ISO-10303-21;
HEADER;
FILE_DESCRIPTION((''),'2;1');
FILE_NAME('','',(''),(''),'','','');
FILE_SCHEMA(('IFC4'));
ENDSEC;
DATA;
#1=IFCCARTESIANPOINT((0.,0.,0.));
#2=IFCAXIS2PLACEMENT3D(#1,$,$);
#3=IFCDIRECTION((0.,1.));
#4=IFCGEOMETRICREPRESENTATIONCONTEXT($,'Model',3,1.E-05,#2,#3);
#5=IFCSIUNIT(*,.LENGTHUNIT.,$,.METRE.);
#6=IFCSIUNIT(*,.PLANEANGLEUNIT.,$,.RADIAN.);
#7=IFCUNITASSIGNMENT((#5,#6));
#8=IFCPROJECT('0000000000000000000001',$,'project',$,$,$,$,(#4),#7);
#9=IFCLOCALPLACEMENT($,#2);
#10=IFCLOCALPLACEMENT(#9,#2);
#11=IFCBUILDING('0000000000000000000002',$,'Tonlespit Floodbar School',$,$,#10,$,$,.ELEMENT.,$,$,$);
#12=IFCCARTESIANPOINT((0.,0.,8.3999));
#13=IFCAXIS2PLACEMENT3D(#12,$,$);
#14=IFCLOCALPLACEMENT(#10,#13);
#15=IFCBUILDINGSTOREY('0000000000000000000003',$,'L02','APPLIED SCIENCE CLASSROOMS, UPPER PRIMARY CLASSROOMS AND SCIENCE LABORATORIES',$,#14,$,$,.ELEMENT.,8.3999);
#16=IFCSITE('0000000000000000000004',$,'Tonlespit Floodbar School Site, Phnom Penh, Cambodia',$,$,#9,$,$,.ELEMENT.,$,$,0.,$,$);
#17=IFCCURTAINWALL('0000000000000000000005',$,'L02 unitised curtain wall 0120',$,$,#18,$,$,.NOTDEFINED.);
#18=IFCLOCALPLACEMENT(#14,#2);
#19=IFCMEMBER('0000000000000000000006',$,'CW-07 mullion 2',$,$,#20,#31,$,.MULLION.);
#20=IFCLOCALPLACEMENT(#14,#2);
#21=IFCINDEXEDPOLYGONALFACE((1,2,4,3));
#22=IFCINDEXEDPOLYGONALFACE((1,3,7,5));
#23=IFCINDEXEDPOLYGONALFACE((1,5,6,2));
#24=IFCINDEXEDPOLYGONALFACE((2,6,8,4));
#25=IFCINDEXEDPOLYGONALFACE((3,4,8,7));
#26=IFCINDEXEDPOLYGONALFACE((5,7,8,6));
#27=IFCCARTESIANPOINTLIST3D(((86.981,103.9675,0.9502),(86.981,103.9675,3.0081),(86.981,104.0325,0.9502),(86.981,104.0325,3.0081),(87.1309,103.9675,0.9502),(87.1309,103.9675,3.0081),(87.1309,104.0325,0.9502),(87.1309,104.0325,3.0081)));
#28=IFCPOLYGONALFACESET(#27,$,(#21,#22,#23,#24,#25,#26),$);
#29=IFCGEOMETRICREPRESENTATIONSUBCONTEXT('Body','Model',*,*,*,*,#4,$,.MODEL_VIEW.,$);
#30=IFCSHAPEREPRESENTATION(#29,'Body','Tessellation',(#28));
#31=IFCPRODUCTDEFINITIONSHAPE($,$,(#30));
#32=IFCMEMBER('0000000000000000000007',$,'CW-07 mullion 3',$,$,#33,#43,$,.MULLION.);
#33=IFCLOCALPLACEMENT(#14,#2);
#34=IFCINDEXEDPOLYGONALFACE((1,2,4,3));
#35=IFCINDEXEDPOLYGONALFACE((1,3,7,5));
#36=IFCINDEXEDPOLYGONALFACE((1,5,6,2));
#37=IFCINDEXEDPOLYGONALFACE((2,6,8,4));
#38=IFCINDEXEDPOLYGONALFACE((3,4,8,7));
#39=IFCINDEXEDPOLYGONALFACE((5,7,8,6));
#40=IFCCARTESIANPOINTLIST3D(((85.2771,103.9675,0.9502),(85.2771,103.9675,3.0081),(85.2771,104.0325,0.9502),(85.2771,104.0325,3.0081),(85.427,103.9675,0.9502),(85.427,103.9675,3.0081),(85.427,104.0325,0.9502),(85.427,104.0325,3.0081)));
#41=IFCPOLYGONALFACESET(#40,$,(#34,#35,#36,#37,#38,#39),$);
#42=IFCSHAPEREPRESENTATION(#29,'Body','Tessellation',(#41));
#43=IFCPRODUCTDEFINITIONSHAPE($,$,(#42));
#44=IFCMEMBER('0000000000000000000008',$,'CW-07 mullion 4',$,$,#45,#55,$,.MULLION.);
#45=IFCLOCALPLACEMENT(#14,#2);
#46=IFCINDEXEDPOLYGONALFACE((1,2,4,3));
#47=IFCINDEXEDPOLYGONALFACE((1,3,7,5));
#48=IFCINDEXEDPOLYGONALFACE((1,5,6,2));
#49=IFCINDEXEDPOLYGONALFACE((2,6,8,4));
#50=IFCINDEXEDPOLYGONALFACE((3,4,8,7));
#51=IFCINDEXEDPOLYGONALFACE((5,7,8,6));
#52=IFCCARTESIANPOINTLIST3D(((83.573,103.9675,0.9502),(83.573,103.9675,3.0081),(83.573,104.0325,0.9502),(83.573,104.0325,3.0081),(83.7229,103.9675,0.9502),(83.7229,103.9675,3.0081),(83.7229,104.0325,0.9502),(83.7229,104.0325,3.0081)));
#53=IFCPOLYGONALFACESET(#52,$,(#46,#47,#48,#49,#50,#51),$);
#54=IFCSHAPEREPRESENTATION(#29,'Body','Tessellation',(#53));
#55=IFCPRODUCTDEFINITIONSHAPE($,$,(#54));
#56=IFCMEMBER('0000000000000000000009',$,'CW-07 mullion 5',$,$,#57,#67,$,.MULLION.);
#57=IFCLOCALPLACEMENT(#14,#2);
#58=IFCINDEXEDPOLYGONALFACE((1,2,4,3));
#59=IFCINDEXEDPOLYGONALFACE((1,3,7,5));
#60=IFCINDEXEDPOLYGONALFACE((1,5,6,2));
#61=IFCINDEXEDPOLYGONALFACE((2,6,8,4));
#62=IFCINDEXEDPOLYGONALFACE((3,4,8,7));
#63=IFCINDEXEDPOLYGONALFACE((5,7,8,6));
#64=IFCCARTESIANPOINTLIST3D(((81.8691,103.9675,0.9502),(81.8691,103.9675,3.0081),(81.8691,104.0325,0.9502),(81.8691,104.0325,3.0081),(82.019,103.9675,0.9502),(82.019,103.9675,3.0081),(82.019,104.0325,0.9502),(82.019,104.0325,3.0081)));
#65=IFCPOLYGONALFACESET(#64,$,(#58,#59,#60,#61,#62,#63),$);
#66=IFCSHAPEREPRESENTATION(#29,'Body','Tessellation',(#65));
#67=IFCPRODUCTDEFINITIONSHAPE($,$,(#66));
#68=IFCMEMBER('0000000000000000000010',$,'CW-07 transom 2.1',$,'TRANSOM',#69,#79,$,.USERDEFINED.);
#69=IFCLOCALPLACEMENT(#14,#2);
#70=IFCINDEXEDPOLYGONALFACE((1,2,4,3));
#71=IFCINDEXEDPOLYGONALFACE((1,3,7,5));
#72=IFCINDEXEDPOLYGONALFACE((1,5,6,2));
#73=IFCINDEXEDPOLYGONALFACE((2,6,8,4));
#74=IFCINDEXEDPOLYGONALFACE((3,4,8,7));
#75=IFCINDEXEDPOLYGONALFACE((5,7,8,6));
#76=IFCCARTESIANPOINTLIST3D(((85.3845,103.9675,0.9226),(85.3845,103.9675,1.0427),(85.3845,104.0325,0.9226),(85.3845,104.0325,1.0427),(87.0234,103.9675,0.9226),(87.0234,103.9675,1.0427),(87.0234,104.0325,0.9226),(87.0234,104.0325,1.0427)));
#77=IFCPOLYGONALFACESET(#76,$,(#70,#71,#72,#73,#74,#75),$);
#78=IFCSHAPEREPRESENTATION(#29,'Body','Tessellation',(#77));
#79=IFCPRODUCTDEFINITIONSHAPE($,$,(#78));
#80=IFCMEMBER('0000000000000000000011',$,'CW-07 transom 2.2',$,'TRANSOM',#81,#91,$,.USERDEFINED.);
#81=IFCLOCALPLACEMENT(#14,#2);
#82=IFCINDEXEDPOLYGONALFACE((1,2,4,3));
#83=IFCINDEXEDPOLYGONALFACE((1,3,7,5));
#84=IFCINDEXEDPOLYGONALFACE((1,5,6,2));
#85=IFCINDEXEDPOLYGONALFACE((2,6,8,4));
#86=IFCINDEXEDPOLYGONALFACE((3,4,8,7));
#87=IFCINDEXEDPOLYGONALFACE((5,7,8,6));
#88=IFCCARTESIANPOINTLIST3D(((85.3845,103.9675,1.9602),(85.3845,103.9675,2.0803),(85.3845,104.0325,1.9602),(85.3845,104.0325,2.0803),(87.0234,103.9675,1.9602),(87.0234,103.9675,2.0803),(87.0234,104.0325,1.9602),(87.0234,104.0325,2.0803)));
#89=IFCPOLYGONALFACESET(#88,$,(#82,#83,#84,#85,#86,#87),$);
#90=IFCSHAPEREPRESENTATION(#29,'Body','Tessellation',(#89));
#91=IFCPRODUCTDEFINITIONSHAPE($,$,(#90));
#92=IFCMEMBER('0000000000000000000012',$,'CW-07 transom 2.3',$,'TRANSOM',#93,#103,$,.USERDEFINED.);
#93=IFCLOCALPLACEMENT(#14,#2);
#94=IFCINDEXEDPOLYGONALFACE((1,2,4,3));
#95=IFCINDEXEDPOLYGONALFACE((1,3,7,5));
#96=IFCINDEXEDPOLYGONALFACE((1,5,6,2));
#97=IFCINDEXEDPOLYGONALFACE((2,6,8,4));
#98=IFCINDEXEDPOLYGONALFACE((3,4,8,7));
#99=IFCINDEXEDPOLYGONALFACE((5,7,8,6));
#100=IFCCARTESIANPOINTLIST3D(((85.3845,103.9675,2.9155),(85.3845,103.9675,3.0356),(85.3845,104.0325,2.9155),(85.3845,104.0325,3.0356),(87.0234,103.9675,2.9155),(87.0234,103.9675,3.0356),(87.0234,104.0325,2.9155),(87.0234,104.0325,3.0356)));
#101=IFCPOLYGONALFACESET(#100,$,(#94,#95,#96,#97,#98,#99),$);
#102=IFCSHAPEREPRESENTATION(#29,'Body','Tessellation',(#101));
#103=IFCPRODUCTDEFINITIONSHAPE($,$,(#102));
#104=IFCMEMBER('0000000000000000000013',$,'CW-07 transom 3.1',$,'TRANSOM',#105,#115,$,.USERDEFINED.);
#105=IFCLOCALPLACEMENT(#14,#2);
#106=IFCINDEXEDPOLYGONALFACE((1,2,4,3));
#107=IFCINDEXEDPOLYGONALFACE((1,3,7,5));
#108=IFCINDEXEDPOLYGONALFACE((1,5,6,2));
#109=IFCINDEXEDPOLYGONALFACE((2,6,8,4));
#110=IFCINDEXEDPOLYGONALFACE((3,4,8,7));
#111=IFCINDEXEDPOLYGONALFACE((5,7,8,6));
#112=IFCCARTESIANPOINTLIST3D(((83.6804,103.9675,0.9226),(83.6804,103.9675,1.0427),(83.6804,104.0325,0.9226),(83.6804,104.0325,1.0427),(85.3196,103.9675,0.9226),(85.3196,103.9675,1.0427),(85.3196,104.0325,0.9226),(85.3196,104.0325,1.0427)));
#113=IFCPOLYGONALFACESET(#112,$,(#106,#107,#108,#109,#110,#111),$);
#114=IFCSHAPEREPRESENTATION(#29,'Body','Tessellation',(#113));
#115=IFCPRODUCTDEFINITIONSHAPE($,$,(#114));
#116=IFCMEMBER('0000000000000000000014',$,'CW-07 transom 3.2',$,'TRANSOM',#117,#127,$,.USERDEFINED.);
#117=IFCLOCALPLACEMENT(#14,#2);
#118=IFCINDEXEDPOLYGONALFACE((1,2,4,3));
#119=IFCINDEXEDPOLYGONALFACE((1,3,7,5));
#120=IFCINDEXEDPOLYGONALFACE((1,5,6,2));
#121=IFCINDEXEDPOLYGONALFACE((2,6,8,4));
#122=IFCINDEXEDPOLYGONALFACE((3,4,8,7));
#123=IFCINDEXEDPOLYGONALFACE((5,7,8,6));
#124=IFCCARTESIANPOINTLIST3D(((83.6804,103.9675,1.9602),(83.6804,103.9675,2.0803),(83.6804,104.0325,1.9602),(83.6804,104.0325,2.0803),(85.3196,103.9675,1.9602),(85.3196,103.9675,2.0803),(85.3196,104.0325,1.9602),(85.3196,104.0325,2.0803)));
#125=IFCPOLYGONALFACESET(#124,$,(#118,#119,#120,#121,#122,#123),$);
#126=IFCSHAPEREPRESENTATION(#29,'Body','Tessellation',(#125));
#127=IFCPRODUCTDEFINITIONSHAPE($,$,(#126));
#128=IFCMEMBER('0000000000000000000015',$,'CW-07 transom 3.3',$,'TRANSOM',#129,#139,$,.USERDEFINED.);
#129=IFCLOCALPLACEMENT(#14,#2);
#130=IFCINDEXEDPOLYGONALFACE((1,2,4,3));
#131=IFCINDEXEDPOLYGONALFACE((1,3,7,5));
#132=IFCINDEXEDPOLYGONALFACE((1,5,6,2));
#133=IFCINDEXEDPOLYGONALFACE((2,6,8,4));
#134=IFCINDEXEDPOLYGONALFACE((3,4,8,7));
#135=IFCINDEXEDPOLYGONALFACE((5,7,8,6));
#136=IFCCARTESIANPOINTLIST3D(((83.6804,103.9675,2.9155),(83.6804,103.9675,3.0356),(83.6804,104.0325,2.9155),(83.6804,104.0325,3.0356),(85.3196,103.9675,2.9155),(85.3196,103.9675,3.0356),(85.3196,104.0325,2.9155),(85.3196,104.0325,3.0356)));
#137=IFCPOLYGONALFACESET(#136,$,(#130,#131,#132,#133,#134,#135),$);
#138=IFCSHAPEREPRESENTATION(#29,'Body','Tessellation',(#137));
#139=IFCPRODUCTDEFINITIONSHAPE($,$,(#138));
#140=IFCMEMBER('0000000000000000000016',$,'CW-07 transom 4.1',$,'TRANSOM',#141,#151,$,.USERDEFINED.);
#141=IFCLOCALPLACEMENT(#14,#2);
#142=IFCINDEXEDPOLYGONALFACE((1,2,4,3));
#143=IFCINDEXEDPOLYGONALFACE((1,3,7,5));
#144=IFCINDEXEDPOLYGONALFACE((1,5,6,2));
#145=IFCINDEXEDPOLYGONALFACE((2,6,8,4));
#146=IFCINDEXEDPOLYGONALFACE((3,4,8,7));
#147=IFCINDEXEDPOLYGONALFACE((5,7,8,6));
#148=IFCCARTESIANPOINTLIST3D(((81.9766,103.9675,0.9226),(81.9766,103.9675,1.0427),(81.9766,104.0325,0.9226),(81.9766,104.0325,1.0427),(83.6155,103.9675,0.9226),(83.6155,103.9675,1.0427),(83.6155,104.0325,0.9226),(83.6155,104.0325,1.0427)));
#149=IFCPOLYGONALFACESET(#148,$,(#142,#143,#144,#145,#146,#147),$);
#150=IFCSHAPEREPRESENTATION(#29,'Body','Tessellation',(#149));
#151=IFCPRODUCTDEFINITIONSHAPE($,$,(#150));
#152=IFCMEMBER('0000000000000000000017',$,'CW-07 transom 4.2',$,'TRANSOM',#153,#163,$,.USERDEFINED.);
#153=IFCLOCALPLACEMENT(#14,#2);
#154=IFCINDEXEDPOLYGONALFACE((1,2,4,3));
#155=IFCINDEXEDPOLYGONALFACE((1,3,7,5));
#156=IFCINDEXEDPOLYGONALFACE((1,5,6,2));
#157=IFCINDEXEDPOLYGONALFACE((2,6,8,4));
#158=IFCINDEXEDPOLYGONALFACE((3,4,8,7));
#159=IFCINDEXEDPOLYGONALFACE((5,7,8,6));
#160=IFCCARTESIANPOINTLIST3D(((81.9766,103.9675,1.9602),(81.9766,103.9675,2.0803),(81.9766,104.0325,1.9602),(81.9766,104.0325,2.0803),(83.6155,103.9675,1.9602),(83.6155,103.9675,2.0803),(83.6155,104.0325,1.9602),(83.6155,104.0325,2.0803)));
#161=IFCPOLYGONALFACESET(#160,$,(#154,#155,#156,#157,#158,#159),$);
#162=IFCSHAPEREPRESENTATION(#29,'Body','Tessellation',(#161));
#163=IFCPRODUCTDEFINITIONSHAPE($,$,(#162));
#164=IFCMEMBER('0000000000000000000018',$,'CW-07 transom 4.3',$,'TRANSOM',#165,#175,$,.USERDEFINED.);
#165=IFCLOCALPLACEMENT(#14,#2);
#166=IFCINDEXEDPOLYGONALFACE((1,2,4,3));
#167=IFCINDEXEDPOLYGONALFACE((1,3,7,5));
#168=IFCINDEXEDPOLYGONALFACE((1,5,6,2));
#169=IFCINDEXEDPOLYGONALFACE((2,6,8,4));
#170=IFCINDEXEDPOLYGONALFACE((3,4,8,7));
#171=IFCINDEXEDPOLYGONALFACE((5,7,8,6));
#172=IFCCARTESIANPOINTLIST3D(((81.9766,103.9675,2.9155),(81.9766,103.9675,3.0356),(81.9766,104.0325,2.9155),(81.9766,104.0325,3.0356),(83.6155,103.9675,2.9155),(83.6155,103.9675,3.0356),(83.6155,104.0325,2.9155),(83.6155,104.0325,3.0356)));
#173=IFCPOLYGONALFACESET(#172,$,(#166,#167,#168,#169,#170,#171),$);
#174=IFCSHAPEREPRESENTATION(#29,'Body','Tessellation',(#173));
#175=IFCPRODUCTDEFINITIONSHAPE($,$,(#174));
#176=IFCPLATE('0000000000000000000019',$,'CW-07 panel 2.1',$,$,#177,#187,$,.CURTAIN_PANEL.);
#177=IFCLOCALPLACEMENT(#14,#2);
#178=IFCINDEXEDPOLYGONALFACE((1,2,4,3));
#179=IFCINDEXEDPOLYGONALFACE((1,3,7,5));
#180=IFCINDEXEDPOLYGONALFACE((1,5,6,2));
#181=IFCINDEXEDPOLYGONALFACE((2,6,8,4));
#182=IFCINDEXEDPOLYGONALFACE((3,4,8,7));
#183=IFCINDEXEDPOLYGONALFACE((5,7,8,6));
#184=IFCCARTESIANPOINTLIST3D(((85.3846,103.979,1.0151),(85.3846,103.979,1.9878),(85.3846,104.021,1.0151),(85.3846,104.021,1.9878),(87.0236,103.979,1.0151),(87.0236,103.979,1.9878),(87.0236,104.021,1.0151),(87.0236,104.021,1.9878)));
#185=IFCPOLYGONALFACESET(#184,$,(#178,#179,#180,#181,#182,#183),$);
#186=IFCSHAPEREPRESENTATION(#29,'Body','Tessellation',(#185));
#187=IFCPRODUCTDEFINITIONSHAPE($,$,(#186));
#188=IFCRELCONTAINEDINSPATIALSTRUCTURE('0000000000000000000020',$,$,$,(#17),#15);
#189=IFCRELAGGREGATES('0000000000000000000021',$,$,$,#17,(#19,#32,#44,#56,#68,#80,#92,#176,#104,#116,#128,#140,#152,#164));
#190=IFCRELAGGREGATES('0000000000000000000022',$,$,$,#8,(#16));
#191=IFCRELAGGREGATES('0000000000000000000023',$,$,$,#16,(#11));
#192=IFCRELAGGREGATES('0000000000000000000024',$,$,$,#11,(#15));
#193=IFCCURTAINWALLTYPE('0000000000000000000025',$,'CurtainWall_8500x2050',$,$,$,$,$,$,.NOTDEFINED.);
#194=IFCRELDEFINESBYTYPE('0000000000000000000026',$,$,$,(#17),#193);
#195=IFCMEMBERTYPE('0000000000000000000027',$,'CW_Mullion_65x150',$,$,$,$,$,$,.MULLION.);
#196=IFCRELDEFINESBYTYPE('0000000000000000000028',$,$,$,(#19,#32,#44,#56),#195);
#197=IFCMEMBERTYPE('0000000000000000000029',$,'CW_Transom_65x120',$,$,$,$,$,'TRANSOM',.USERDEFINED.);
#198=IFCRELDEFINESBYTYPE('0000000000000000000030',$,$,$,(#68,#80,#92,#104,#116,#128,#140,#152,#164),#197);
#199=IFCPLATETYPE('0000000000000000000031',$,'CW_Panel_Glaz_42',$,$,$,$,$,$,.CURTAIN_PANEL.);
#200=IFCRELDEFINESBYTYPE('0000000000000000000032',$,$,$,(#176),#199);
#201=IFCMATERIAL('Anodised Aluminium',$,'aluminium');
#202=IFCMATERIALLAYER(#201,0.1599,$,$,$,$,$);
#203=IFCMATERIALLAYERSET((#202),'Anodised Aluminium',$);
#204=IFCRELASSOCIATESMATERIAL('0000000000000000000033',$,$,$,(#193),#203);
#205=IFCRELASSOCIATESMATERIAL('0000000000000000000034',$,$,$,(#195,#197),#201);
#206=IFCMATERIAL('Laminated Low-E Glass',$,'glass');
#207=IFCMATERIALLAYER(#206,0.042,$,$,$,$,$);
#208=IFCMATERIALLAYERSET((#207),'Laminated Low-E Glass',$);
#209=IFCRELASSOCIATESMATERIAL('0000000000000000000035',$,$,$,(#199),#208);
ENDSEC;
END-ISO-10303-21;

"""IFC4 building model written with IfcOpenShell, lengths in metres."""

from ifc_helpers import new_model, si_unit, direction, frame, origin, origin_2d, place, context, subcontext, project, spatial, rectangle, extrude, material, layer, layer_set, material_profile, profile_set, type_object, element, aggregate, save


model = new_model("IFC4")

# Units and contexts
model_context = context("Model", 3, precision=1e-05, world=origin(), true_north=direction((0.0, 1.0)))
body_context = subcontext(model_context, "Body", "Model", "MODEL_VIEW")
ifc_project = project(units=[si_unit("LENGTHUNIT", "METRE"), si_unit("PLANEANGLEUNIT", "RADIAN")], contexts=[model_context])

# Site, building, storey
site_placement = place(None, origin())
site = spatial("IfcSite", under=ifc_project, at=site_placement, Name="Tonlespit Floodbar School Site, Phnom Penh, Cambodia", CompositionType="ELEMENT", RefElevation=0.0)
building_placement = place(site_placement, origin())
building = spatial("IfcBuilding", under=site, at=building_placement, Name="Tonlespit Floodbar School", CompositionType="ELEMENT")
storey_placement = place(building_placement, frame((0.0, 0.0, 8.3999)))
storey = spatial("IfcBuildingStorey", under=building, at=storey_placement, Name="L02", Description="APPLIED SCIENCE CLASSROOMS, UPPER PRIMARY CLASSROOMS AND SCIENCE LABORATORIES", CompositionType="ELEMENT", Elevation=8.3999)

# Curtain wall, members, plate
ifc_material_1 = material(Name="Anodised Aluminium", Category="aluminium")
ifc_layer_1 = layer(ifc_material_1, 0.1599)
ifc_layer_set_1 = layer_set([ifc_layer_1], Name="Anodised Aluminium")
curtain_wall_type = type_object("IfcCurtainWallType", Name="CurtainWall_8500x2050", PredefinedType="NOTDEFINED", material=ifc_layer_set_1)
curtain_wall_placement = place(storey_placement, origin())
curtain_wall = element("IfcCurtainWall", 1, at=curtain_wall_placement, inside=storey, type_object=curtain_wall_type, Name="L02 unitised curtain wall 0120", PredefinedType="NOTDEFINED")
ifc_material_profile_1 = material_profile(ifc_material_1, rectangle(XDim=0.0649, YDim=0.1499, at=origin_2d()), Name="ALU M65x150")
ifc_profile_set_1 = profile_set([ifc_material_profile_1], Name="Anodised Aluminium")
member_type_1 = type_object("IfcMemberType", Name="CW_Mullion_65x150", PredefinedType="MULLION", material=ifc_profile_set_1)
member_1_placement = place(storey_placement, frame((87.0559, 104.0, 0.9502), z_axis=(0.0, 0.0, 1.0), x_axis=(0.0, -1.0, 0.0)))
member_1 = element("IfcMember", 2, at=member_1_placement, type_object=member_type_1, Name="CW-07 mullion 2", PredefinedType="MULLION", context=body_context, shape_type="SweptSolid", body=[
    extrude(rectangle(XDim=0.0649, YDim=0.1499, at=origin_2d()), origin(), (0.0, 0.0, 1.0), 2.0579),
])
member_2_placement = place(storey_placement, frame((85.3521, 104.0, 0.9502), z_axis=(0.0, 0.0, 1.0), x_axis=(0.0, -1.0, 0.0)))
member_2 = element("IfcMember", 3, at=member_2_placement, type_object=member_type_1, Name="CW-07 mullion 3", PredefinedType="MULLION", context=body_context, shape_type="SweptSolid", body=[
    extrude(rectangle(XDim=0.0649, YDim=0.1499, at=origin_2d()), origin(), (0.0, 0.0, 1.0), 2.0579),
])
member_3_placement = place(storey_placement, frame((83.6479, 104.0, 0.9502), z_axis=(0.0, 0.0, 1.0), x_axis=(0.0, -1.0, 0.0)))
member_3 = element("IfcMember", 4, at=member_3_placement, type_object=member_type_1, Name="CW-07 mullion 4", PredefinedType="MULLION", context=body_context, shape_type="SweptSolid", body=[
    extrude(rectangle(XDim=0.0649, YDim=0.1499, at=origin_2d()), origin(), (0.0, 0.0, 1.0), 2.0579),
])
member_4_placement = place(storey_placement, frame((81.9441, 104.0, 0.9502), z_axis=(0.0, 0.0, 1.0), x_axis=(0.0, -1.0, 0.0)))
member_4 = element("IfcMember", 5, at=member_4_placement, type_object=member_type_1, Name="CW-07 mullion 5", PredefinedType="MULLION", context=body_context, shape_type="SweptSolid", body=[
    extrude(rectangle(XDim=0.0649, YDim=0.1499, at=origin_2d()), origin(), (0.0, 0.0, 1.0), 2.0579),
])
ifc_material_profile_2 = material_profile(ifc_material_1, rectangle(XDim=0.0649, YDim=0.1201, at=origin_2d()), Name="ALU T65x120")
ifc_profile_set_2 = profile_set([ifc_material_profile_2], Name="Anodised Aluminium")
member_type_2 = type_object("IfcMemberType", Name="CW_Transom_65x120", ElementType="TRANSOM", PredefinedType="USERDEFINED", material=ifc_profile_set_2)
member_5_placement = place(storey_placement, frame((87.0234, 104.0, 0.9827), z_axis=(-1.0, 0.0, 0.0), x_axis=(0.0, -1.0, 0.0)))
member_5 = element("IfcMember", 6, at=member_5_placement, type_object=member_type_2, Name="CW-07 transom 2.1", ObjectType="TRANSOM", PredefinedType="USERDEFINED", context=body_context, shape_type="SweptSolid", body=[
    extrude(rectangle(XDim=0.0649, YDim=0.1201, at=origin_2d()), origin(), (0.0, 0.0, 1.0), 1.6389),
])
member_6_placement = place(storey_placement, frame((87.0234, 104.0, 2.0203), z_axis=(-1.0, 0.0, 0.0), x_axis=(0.0, -1.0, 0.0)))
member_6 = element("IfcMember", 7, at=member_6_placement, type_object=member_type_2, Name="CW-07 transom 2.2", ObjectType="TRANSOM", PredefinedType="USERDEFINED", context=body_context, shape_type="SweptSolid", body=[
    extrude(rectangle(XDim=0.0649, YDim=0.1201, at=origin_2d()), origin(), (0.0, 0.0, 1.0), 1.6389),
])
member_7_placement = place(storey_placement, frame((87.0234, 104.0, 2.9756), z_axis=(-1.0, 0.0, 0.0), x_axis=(0.0, -1.0, 0.0)))
member_7 = element("IfcMember", 8, at=member_7_placement, type_object=member_type_2, Name="CW-07 transom 2.3", ObjectType="TRANSOM", PredefinedType="USERDEFINED", context=body_context, shape_type="SweptSolid", body=[
    extrude(rectangle(XDim=0.0649, YDim=0.1201, at=origin_2d()), origin(), (0.0, 0.0, 1.0), 1.6389),
])
member_8_placement = place(storey_placement, frame((85.3196, 104.0, 0.9827), z_axis=(-1.0, 0.0, 0.0), x_axis=(0.0, -1.0, 0.0)))
member_8 = element("IfcMember", 9, at=member_8_placement, type_object=member_type_2, Name="CW-07 transom 3.1", ObjectType="TRANSOM", PredefinedType="USERDEFINED", context=body_context, shape_type="SweptSolid", body=[
    extrude(rectangle(XDim=0.0649, YDim=0.1201, at=origin_2d()), origin(), (0.0, 0.0, 1.0), 1.6392),
])
member_9_placement = place(storey_placement, frame((85.3196, 104.0, 2.0203), z_axis=(-1.0, 0.0, 0.0), x_axis=(0.0, -1.0, 0.0)))
member_9 = element("IfcMember", 10, at=member_9_placement, type_object=member_type_2, Name="CW-07 transom 3.2", ObjectType="TRANSOM", PredefinedType="USERDEFINED", context=body_context, shape_type="SweptSolid", body=[
    extrude(rectangle(XDim=0.0649, YDim=0.1201, at=origin_2d()), origin(), (0.0, 0.0, 1.0), 1.6392),
])
member_10_placement = place(storey_placement, frame((85.3196, 104.0, 2.9756), z_axis=(-1.0, 0.0, 0.0), x_axis=(0.0, -1.0, 0.0)))
member_10 = element("IfcMember", 11, at=member_10_placement, type_object=member_type_2, Name="CW-07 transom 3.3", ObjectType="TRANSOM", PredefinedType="USERDEFINED", context=body_context, shape_type="SweptSolid", body=[
    extrude(rectangle(XDim=0.0649, YDim=0.1201, at=origin_2d()), origin(), (0.0, 0.0, 1.0), 1.6392),
])
member_11_placement = place(storey_placement, frame((83.6155, 104.0, 0.9827), z_axis=(-1.0, 0.0, 0.0), x_axis=(0.0, -1.0, 0.0)))
member_11 = element("IfcMember", 12, at=member_11_placement, type_object=member_type_2, Name="CW-07 transom 4.1", ObjectType="TRANSOM", PredefinedType="USERDEFINED", context=body_context, shape_type="SweptSolid", body=[
    extrude(rectangle(XDim=0.0649, YDim=0.1201, at=origin_2d()), origin(), (0.0, 0.0, 1.0), 1.6389),
])
member_12_placement = place(storey_placement, frame((83.6155, 104.0, 2.0203), z_axis=(-1.0, 0.0, 0.0), x_axis=(0.0, -1.0, 0.0)))
member_12 = element("IfcMember", 13, at=member_12_placement, type_object=member_type_2, Name="CW-07 transom 4.2", ObjectType="TRANSOM", PredefinedType="USERDEFINED", context=body_context, shape_type="SweptSolid", body=[
    extrude(rectangle(XDim=0.0649, YDim=0.1201, at=origin_2d()), origin(), (0.0, 0.0, 1.0), 1.6389),
])
member_13_placement = place(storey_placement, frame((83.6155, 104.0, 2.9756), z_axis=(-1.0, 0.0, 0.0), x_axis=(0.0, -1.0, 0.0)))
member_13 = element("IfcMember", 14, at=member_13_placement, type_object=member_type_2, Name="CW-07 transom 4.3", ObjectType="TRANSOM", PredefinedType="USERDEFINED", context=body_context, shape_type="SweptSolid", body=[
    extrude(rectangle(XDim=0.0649, YDim=0.1201, at=origin_2d()), origin(), (0.0, 0.0, 1.0), 1.6389),
])
ifc_material_2 = material(Name="Laminated Low-E Glass", Category="glass")
ifc_layer_2 = layer(ifc_material_2, 0.042)
ifc_layer_set_2 = layer_set([ifc_layer_2], Name="Laminated Low-E Glass")
plate_type = type_object("IfcPlateType", Name="CW_Panel_Glaz_42", PredefinedType="CURTAIN_PANEL", material=ifc_layer_set_2)
plate_1_placement = place(storey_placement, frame((86.2041, 104.0, 1.0151), z_axis=(0.0, 0.0, 1.0), x_axis=(-1.0, 0.0, 0.0)))
plate_1 = element("IfcPlate", 15, at=plate_1_placement, type_object=plate_type, Name="CW-07 panel 2.1", PredefinedType="CURTAIN_PANEL", context=body_context, shape_type="SweptSolid", body=[
    extrude(rectangle(XDim=1.6389, YDim=0.042, at=origin_2d()), origin(), (0.0, 0.0, 1.0), 0.9727),
])
aggregate(curtain_wall, [member_1, member_2, member_3, member_4, member_5, member_6, member_7, plate_1, member_8, member_9, member_10, member_11, member_12, member_13])

save(model, "model.ifc")
